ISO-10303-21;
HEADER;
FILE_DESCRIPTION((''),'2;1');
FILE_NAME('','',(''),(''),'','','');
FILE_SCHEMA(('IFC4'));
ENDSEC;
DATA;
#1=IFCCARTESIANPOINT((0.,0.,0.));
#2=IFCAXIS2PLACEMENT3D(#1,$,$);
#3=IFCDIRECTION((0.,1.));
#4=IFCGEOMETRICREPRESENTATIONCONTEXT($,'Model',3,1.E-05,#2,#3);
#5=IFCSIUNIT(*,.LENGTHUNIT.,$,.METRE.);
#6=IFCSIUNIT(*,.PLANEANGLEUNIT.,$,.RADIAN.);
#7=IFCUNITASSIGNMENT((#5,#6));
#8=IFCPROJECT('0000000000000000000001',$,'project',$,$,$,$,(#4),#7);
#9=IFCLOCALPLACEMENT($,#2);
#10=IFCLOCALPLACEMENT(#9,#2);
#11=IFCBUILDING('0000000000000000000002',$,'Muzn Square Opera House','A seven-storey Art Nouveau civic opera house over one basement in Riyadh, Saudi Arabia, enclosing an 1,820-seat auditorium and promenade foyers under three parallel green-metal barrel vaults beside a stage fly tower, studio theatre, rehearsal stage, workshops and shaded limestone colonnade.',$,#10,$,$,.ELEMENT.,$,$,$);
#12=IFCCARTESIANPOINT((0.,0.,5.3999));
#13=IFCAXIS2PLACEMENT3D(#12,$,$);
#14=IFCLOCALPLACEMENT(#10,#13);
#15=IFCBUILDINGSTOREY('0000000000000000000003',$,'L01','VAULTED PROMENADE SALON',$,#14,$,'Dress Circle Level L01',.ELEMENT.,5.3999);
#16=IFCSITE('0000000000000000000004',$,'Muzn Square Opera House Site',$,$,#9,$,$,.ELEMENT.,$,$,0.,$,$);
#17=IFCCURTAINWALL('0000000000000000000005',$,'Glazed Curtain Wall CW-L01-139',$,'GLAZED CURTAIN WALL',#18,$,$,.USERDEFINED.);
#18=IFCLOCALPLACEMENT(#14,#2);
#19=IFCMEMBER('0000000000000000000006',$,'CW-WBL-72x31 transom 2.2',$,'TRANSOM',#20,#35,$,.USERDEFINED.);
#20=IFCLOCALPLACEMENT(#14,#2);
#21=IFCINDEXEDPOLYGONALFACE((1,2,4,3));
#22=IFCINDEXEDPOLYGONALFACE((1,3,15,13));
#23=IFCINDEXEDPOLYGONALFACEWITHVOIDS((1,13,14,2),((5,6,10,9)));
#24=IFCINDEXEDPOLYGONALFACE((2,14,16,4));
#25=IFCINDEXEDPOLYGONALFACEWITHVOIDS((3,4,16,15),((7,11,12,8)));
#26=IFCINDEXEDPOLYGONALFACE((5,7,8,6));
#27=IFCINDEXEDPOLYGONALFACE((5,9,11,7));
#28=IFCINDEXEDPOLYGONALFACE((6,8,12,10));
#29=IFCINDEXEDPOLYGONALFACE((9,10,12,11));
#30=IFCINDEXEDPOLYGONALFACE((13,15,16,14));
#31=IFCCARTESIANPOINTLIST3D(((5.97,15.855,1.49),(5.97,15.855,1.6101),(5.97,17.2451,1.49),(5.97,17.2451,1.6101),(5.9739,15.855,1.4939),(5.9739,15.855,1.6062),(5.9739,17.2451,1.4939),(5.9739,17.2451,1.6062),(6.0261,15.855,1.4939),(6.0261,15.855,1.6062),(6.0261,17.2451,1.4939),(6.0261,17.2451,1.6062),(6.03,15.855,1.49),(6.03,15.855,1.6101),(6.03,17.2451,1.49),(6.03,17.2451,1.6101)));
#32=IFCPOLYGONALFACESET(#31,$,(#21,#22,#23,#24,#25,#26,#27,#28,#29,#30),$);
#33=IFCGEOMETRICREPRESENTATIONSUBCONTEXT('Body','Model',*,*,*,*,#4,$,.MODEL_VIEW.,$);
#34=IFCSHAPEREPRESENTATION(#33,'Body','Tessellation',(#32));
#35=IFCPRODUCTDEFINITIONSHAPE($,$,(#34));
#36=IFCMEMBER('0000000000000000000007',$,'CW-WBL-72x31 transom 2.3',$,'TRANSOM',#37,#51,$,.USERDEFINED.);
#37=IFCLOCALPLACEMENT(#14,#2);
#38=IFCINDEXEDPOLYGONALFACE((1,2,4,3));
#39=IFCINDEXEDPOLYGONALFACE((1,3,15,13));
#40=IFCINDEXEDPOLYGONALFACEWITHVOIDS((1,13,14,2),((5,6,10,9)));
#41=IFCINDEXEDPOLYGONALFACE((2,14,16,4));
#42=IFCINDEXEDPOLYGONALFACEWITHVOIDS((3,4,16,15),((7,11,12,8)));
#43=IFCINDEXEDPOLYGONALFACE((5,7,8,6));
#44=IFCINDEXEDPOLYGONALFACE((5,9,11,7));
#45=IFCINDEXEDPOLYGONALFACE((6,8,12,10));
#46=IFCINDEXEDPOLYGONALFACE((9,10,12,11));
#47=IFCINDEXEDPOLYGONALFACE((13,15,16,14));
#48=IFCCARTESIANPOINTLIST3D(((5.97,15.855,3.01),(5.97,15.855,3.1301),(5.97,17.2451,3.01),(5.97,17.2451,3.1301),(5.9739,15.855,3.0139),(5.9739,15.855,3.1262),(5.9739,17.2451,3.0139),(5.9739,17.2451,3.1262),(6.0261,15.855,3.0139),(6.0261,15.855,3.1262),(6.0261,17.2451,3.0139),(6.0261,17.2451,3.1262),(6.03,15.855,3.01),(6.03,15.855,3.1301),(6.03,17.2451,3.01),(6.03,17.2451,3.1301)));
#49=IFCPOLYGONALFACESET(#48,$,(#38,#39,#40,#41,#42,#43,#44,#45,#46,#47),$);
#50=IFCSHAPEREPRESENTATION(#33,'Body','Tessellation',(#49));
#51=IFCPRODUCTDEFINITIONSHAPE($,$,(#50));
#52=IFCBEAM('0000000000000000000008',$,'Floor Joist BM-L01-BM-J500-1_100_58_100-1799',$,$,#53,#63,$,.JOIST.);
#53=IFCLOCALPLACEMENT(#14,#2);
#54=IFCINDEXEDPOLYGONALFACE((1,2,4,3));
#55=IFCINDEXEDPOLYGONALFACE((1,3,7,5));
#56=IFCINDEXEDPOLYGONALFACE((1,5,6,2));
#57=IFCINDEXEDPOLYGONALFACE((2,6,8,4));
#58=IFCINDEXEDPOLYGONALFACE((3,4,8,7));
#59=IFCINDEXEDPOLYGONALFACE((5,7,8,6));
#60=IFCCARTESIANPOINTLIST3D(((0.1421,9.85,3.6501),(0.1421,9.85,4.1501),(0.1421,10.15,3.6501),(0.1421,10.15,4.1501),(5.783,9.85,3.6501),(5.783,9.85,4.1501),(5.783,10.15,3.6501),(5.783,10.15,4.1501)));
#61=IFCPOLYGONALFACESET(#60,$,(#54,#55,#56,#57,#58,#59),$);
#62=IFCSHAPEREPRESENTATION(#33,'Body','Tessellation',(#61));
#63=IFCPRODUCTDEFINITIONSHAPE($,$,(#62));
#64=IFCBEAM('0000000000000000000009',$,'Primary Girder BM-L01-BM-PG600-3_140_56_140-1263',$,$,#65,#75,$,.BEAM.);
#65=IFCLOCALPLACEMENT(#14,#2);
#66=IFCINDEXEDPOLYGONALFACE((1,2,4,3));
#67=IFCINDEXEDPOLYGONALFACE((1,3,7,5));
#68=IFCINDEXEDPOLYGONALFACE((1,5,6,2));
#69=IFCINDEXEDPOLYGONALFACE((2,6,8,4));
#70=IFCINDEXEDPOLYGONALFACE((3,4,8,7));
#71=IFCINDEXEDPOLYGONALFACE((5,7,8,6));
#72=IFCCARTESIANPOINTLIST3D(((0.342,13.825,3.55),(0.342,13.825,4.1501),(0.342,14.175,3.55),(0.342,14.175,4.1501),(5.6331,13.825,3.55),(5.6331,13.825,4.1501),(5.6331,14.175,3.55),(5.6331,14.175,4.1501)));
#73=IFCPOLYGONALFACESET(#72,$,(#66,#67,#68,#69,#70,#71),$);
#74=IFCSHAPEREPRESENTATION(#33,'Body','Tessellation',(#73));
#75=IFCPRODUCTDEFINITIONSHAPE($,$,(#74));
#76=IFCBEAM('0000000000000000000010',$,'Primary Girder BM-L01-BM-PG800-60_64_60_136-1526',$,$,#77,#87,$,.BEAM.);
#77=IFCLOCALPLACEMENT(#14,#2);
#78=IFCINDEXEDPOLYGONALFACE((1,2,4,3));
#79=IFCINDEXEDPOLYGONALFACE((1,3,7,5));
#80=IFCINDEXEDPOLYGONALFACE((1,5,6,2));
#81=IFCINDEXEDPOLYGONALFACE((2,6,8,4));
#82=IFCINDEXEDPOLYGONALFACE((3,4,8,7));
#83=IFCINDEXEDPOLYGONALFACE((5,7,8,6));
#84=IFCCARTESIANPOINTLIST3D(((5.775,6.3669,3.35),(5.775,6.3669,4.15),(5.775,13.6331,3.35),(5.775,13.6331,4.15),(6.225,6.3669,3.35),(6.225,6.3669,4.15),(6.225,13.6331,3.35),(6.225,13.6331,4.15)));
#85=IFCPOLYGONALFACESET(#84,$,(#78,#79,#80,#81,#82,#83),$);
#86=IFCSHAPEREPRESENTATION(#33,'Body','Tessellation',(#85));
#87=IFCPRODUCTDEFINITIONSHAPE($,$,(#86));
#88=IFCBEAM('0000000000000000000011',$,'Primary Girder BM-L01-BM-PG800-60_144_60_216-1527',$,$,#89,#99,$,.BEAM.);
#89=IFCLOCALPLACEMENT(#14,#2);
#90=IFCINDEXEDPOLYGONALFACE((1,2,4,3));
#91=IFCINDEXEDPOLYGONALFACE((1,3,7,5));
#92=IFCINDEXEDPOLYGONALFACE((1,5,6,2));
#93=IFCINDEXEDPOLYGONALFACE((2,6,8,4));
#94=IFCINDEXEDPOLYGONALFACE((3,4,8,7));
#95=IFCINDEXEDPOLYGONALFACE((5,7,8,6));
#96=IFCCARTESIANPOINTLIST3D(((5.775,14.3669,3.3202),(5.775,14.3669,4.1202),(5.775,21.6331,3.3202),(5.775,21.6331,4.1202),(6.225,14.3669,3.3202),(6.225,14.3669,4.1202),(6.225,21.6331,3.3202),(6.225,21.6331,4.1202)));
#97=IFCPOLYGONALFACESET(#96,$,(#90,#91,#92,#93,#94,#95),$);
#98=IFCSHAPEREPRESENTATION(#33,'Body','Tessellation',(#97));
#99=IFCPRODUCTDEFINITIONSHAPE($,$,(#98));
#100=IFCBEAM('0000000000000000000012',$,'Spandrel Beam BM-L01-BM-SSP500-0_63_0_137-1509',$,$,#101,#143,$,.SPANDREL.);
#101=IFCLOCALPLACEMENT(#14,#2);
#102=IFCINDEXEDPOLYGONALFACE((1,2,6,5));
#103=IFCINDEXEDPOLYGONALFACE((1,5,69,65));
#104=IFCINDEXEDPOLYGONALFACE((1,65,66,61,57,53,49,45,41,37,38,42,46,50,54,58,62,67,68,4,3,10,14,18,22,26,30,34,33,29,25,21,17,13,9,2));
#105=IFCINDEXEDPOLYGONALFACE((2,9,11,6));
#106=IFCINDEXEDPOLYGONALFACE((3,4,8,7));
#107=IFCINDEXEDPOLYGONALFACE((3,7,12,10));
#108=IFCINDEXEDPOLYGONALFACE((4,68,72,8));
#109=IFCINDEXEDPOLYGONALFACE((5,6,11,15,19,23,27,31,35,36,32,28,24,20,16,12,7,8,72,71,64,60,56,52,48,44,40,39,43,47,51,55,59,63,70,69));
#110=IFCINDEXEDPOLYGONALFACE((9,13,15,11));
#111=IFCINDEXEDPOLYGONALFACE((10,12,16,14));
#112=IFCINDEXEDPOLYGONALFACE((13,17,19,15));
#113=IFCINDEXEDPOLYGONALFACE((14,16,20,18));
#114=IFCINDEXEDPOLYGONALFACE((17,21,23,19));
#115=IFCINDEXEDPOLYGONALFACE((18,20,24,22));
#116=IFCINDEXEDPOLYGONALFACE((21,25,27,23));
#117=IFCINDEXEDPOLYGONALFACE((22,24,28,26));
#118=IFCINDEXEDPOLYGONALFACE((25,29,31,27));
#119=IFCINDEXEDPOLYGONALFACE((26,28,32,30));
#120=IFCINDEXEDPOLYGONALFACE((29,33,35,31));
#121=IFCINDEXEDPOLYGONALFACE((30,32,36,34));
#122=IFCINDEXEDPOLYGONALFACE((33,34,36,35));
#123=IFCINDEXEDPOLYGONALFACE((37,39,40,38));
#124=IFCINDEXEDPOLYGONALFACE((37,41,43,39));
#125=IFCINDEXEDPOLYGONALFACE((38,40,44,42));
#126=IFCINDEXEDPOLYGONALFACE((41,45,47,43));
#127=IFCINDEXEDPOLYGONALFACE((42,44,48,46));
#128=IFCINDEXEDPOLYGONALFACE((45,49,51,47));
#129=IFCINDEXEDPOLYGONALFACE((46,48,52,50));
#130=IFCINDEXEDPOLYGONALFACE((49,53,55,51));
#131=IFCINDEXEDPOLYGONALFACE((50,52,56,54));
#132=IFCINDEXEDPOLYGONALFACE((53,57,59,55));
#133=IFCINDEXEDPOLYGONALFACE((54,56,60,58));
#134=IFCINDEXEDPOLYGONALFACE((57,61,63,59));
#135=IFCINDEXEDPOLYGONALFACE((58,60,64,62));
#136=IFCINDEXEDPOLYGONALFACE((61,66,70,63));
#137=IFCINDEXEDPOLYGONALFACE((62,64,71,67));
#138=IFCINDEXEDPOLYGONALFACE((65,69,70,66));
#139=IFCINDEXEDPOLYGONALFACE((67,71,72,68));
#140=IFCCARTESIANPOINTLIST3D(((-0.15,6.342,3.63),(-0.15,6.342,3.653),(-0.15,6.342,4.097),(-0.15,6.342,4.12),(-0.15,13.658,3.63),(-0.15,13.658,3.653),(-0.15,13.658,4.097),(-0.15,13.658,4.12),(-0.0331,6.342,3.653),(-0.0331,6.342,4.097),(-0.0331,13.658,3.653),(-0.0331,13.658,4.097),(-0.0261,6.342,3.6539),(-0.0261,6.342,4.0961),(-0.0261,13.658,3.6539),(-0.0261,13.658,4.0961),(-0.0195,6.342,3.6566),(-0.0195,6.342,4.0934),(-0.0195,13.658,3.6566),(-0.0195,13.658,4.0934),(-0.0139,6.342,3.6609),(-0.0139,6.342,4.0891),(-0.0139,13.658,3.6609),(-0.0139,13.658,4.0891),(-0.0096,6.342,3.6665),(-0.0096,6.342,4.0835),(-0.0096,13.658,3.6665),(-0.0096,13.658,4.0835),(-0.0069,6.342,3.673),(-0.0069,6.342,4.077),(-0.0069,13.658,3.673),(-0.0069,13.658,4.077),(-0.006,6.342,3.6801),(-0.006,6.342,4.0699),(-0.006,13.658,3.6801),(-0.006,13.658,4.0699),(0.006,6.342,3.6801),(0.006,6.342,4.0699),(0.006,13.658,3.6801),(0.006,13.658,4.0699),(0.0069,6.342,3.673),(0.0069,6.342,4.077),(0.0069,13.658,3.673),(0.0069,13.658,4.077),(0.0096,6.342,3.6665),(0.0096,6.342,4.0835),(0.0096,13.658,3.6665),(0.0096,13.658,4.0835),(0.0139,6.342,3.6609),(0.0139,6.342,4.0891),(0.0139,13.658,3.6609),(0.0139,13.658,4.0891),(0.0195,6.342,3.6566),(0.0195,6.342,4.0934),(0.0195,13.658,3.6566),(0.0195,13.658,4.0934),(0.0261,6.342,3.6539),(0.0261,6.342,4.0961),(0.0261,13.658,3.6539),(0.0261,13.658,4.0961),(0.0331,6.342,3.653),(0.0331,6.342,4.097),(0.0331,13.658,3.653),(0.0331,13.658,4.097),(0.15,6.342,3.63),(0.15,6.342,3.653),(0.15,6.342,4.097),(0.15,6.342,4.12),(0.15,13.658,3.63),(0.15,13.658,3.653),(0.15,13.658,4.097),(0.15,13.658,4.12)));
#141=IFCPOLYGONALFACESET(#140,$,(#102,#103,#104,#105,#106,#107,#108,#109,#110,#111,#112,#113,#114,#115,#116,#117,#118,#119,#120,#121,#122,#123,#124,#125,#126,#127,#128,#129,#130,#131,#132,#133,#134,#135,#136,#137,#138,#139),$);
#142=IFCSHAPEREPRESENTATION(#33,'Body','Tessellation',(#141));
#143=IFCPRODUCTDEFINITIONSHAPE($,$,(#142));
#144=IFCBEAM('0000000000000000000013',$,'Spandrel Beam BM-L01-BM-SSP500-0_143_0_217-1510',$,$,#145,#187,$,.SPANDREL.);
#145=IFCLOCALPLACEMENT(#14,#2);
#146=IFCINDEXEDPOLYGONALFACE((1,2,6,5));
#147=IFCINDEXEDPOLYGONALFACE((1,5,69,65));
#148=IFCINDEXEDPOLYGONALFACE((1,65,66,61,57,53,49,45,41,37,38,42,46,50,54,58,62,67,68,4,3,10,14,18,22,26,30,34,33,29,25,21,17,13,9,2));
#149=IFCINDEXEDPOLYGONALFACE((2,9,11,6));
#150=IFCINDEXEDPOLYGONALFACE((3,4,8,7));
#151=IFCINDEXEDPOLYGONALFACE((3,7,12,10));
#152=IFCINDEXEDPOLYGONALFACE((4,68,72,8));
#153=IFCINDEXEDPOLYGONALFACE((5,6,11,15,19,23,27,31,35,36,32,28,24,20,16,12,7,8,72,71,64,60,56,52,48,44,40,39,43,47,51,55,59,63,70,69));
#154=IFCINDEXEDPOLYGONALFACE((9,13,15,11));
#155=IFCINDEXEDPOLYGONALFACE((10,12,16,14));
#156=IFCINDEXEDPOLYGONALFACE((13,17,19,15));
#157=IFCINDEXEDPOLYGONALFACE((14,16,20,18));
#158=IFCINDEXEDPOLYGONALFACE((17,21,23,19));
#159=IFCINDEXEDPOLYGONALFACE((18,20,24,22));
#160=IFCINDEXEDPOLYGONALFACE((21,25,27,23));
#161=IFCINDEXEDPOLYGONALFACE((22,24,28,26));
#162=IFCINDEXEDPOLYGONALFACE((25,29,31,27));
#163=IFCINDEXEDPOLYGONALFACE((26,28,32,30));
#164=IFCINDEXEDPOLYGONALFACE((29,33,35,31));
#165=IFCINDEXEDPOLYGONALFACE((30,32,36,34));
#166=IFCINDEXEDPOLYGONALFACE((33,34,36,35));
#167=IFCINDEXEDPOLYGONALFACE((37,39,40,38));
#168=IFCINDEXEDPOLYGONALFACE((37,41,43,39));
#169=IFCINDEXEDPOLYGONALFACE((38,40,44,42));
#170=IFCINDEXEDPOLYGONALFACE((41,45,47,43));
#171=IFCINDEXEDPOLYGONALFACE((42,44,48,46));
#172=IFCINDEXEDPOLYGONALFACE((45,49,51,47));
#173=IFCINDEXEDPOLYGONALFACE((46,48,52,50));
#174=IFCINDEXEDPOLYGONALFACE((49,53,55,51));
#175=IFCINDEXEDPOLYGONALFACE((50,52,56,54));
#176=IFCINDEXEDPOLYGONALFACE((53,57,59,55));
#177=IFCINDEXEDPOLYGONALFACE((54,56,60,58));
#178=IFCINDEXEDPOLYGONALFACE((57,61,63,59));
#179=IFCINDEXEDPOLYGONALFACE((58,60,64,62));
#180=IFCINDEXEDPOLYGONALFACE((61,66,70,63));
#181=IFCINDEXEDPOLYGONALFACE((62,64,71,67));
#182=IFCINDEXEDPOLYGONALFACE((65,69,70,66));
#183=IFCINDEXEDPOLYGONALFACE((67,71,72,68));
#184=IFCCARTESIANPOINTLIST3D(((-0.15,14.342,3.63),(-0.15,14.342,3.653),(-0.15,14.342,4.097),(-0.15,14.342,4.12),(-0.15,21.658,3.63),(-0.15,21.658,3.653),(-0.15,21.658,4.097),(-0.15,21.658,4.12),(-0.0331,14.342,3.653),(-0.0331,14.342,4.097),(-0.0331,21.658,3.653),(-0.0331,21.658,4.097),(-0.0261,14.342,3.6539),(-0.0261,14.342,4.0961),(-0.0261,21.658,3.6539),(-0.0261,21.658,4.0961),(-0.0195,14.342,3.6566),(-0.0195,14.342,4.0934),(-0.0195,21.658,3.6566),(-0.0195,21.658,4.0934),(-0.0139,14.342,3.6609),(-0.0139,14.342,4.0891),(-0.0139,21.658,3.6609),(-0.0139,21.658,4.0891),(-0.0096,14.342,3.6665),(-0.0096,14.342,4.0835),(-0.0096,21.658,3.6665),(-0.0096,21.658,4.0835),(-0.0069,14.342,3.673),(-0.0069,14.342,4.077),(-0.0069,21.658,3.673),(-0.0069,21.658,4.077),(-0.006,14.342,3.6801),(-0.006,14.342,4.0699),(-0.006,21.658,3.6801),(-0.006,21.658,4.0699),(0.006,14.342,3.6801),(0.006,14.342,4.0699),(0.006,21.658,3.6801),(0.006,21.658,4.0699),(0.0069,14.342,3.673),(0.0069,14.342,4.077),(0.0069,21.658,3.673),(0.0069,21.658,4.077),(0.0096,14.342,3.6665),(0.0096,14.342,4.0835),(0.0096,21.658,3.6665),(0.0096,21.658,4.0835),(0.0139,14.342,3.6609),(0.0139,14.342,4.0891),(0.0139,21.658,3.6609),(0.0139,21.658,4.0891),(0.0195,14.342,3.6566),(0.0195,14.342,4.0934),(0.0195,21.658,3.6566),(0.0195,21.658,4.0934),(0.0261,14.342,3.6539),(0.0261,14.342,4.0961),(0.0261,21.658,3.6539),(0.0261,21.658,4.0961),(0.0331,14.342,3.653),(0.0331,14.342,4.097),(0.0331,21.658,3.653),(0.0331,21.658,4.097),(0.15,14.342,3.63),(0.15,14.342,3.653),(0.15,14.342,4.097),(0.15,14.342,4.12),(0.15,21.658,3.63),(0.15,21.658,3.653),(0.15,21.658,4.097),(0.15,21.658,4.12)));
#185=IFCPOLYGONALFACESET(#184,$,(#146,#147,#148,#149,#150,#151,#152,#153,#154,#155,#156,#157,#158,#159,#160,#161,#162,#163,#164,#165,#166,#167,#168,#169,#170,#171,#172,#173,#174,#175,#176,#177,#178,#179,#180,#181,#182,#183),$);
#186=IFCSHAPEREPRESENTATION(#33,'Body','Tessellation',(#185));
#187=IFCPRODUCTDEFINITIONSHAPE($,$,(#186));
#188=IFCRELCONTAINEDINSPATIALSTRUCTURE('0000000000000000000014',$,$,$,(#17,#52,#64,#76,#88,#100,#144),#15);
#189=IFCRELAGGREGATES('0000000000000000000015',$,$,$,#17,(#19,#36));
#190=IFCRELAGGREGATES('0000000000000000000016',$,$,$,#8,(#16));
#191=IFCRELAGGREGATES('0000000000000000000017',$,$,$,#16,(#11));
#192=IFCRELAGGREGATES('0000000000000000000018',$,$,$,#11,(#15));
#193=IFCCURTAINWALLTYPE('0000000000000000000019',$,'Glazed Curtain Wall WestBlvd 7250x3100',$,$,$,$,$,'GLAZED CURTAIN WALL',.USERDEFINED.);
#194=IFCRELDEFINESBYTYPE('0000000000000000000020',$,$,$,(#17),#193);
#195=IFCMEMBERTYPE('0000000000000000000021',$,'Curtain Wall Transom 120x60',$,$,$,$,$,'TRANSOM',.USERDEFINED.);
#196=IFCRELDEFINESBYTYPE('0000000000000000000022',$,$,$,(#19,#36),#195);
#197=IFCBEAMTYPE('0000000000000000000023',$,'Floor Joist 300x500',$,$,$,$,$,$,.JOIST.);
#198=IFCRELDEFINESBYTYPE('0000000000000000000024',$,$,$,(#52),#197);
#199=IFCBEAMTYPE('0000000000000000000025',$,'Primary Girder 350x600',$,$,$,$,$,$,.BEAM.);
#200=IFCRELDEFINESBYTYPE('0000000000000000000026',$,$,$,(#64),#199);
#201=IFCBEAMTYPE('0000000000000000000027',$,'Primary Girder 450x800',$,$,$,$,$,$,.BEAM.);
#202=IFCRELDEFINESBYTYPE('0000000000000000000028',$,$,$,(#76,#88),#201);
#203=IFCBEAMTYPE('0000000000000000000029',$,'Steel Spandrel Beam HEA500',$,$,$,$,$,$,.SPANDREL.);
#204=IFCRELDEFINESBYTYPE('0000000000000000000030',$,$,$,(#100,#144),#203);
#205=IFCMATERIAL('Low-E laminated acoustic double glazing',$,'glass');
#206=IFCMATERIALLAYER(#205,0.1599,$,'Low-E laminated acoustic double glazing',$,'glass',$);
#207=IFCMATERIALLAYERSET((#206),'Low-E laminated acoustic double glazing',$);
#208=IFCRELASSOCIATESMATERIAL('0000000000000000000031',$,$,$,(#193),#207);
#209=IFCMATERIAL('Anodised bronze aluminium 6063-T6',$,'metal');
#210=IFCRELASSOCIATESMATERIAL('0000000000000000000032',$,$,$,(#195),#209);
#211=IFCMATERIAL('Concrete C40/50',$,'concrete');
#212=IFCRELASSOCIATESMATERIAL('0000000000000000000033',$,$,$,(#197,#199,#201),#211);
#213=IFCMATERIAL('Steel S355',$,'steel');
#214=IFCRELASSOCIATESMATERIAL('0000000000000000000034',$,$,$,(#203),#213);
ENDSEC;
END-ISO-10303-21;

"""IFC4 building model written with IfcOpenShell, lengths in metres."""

from ifc_helpers import new_model, si_unit, direction, frame, origin, origin_2d, place, context, subcontext, project, spatial, rectangle, hollow_rectangle, i_section, extrude, material, layer, layer_set, material_profile, profile_set, type_object, element, aggregate, save


model = new_model("IFC4")

# Units and contexts
model_context = context("Model", 3, precision=1e-05, world=origin(), true_north=direction((0.0, 1.0)))
body_context = subcontext(model_context, "Body", "Model", "MODEL_VIEW")
ifc_project = project(units=[si_unit("LENGTHUNIT", "METRE"), si_unit("PLANEANGLEUNIT", "RADIAN")], contexts=[model_context])

# Site, building, storey
site_placement = place(None, origin())
site = spatial("IfcSite", under=ifc_project, at=site_placement, Name="Muzn Square Opera House Site", CompositionType="ELEMENT", RefElevation=0.0)
building_placement = place(site_placement, origin())
building = spatial("IfcBuilding", under=site, at=building_placement, Name="Muzn Square Opera House", Description="A seven-storey Art Nouveau civic opera house over one basement in Riyadh, Saudi Arabia, enclosing an 1,820-seat auditorium and promenade foyers under three parallel green-metal barrel vaults beside a stage fly tower, studio theatre, rehearsal stage, workshops and shaded limestone colonnade.", CompositionType="ELEMENT")
storey_placement = place(building_placement, frame((0.0, 0.0, 5.3999)))
storey = spatial("IfcBuildingStorey", under=building, at=storey_placement, Name="L01", Description="VAULTED PROMENADE SALON", LongName="Dress Circle Level L01", CompositionType="ELEMENT", Elevation=5.3999)

# Curtain wall, members
ifc_material_1 = material(Name="Low-E laminated acoustic double glazing", Category="glass")
ifc_layer_1 = layer(ifc_material_1, 0.1599, Name="Low-E laminated acoustic double glazing", Category="glass")
ifc_layer_set_1 = layer_set([ifc_layer_1], Name="Low-E laminated acoustic double glazing")
curtain_wall_type = type_object("IfcCurtainWallType", Name="Glazed Curtain Wall WestBlvd 7250x3100", ElementType="GLAZED CURTAIN WALL", PredefinedType="USERDEFINED", material=ifc_layer_set_1)
curtain_wall_placement = place(storey_placement, origin())
curtain_wall = element("IfcCurtainWall", 1, at=curtain_wall_placement, inside=storey, type_object=curtain_wall_type, Name="Glazed Curtain Wall CW-L01-139", ObjectType="GLAZED CURTAIN WALL", PredefinedType="USERDEFINED")
ifc_material_2 = material(Name="Anodised bronze aluminium 6063-T6", Category="metal")
ifc_material_profile_1 = material_profile(ifc_material_2, hollow_rectangle(XDim=0.0601, YDim=0.1201, WallThickness=0.0039, at=origin_2d()), Name="ALU 120x60x4", Category="metal")
ifc_profile_set_1 = profile_set([ifc_material_profile_1], Name="Anodised bronze aluminium 6063-T6")
member_type_1 = type_object("IfcMemberType", Name="Curtain Wall Transom 120x60", ElementType="TRANSOM", PredefinedType="USERDEFINED", material=ifc_profile_set_1)
member_1_placement = place(storey_placement, frame((6.0, 15.855, 1.55), z_axis=(0.0, 1.0, 0.0), x_axis=(-1.0, 0.0, 0.0)))
member_1 = element("IfcMember", 2, at=member_1_placement, type_object=member_type_1, Name="CW-WBL-72x31 transom 2.2", ObjectType="TRANSOM", PredefinedType="USERDEFINED", context=body_context, shape_type="SweptSolid", body=[
    extrude(hollow_rectangle(XDim=0.0601, YDim=0.1201, WallThickness=0.0039, at=origin_2d()), origin(), (0.0, 0.0, 1.0), 1.3901),
])
member_2_placement = place(storey_placement, frame((6.0, 15.855, 3.0701), z_axis=(0.0, 1.0, 0.0), x_axis=(-1.0, 0.0, 0.0)))
member_2 = element("IfcMember", 3, at=member_2_placement, type_object=member_type_1, Name="CW-WBL-72x31 transom 2.3", ObjectType="TRANSOM", PredefinedType="USERDEFINED", context=body_context, shape_type="SweptSolid", body=[
    extrude(hollow_rectangle(XDim=0.0601, YDim=0.1201, WallThickness=0.0039, at=origin_2d()), origin(), (0.0, 0.0, 1.0), 1.3901),
])

# Beams
ifc_material_3 = material(Name="Concrete C40/50", Category="concrete")
ifc_material_profile_2 = material_profile(ifc_material_3, rectangle(XDim=0.3, YDim=0.5, at=origin_2d()), Name="RCJ 300x500", Category="concrete")
ifc_profile_set_2 = profile_set([ifc_material_profile_2], Name="Concrete C40/50")
beam_type_1 = type_object("IfcBeamType", Name="Floor Joist 300x500", PredefinedType="JOIST", material=ifc_profile_set_2)
beam_1_placement = place(storey_placement, frame((0.1421, 10.0, 3.9001), z_axis=(1.0, 0.0, 0.0), x_axis=(0.0, 1.0, 0.0)))
element("IfcBeam", 4, at=beam_1_placement, inside=storey, type_object=beam_type_1, Name="Floor Joist BM-L01-BM-J500-1_100_58_100-1799", PredefinedType="JOIST", context=body_context, shape_type="SweptSolid", body=[
    extrude(rectangle(XDim=0.3, YDim=0.5, at=origin_2d()), origin(), (0.0, 0.0, 1.0), 5.6409),
])
ifc_material_profile_3 = material_profile(ifc_material_3, rectangle(XDim=0.3501, YDim=0.6001, at=origin_2d()), Name="RCB 350x600", Category="concrete")
ifc_profile_set_3 = profile_set([ifc_material_profile_3], Name="Concrete C40/50")
beam_type_2 = type_object("IfcBeamType", Name="Primary Girder 350x600", PredefinedType="BEAM", material=ifc_profile_set_3)
beam_2_placement = place(storey_placement, frame((0.342, 14.0, 3.8501), z_axis=(1.0, 0.0, 0.0), x_axis=(0.0, 1.0, 0.0)))
element("IfcBeam", 5, at=beam_2_placement, inside=storey, type_object=beam_type_2, Name="Primary Girder BM-L01-BM-PG600-3_140_56_140-1263", PredefinedType="BEAM", context=body_context, shape_type="SweptSolid", body=[
    extrude(rectangle(XDim=0.3501, YDim=0.6001, at=origin_2d()), origin(), (0.0, 0.0, 1.0), 5.291),
])
ifc_material_profile_4 = material_profile(ifc_material_3, rectangle(XDim=0.45, YDim=0.8, at=origin_2d()), Name="RCB 450x800", Category="concrete")
ifc_profile_set_4 = profile_set([ifc_material_profile_4], Name="Concrete C40/50")
beam_type_3 = type_object("IfcBeamType", Name="Primary Girder 450x800", PredefinedType="BEAM", material=ifc_profile_set_4)
for number, where, z_axis, x_axis, name in (
    (6, (6.0, 6.3669, 3.75), (0.0, 1.0, 0.0), (-1.0, 0.0, 0.0), "Primary Girder BM-L01-BM-PG800-60_64_60_136-1526"),
    (7, (6.0, 14.3669, 3.7202), (0.0, 1.0, 0.0), (-1.0, 0.0, 0.0), "Primary Girder BM-L01-BM-PG800-60_144_60_216-1527"),
):
    element("IfcBeam", number, at=place(storey_placement, frame(where, z_axis=z_axis, x_axis=x_axis)), inside=storey, type_object=beam_type_3, Name=name, PredefinedType="BEAM", context=body_context, shape_type="SweptSolid", body=[
        extrude(rectangle(XDim=0.45, YDim=0.8, at=origin_2d()), origin(), (0.0, 0.0, 1.0), 7.2661),
    ])
ifc_material_4 = material(Name="Steel S355", Category="steel")
ifc_material_profile_5 = material_profile(ifc_material_4, i_section(OverallWidth=0.3, OverallDepth=0.49, WebThickness=0.012, FlangeThickness=0.0229, FilletRadius=0.0271, at=origin_2d()), Name="HEA 500", Category="steel")
ifc_profile_set_5 = profile_set([ifc_material_profile_5], Name="Steel S355")
beam_type_4 = type_object("IfcBeamType", Name="Steel Spandrel Beam HEA500", PredefinedType="SPANDREL", material=ifc_profile_set_5)
for number, where, z_axis, x_axis, name in (
    (8, (0.0, 6.342, 3.875), (0.0, 1.0, 0.0), (-1.0, 0.0, 0.0), "Spandrel Beam BM-L01-BM-SSP500-0_63_0_137-1509"),
    (9, (0.0, 14.342, 3.875), (0.0, 1.0, 0.0), (-1.0, 0.0, 0.0), "Spandrel Beam BM-L01-BM-SSP500-0_143_0_217-1510"),
):
    element("IfcBeam", number, at=place(storey_placement, frame(where, z_axis=z_axis, x_axis=x_axis)), inside=storey, type_object=beam_type_4, Name=name, PredefinedType="SPANDREL", context=body_context, shape_type="SweptSolid", body=[
        extrude(i_section(OverallWidth=0.3, OverallDepth=0.49, WebThickness=0.012, FlangeThickness=0.0229, FilletRadius=0.0271, at=origin_2d()), origin(), (0.0, 0.0, 1.0), 7.3159),
    ])

aggregate(curtain_wall, [member_1, member_2])

save(model, "model.ifc")
